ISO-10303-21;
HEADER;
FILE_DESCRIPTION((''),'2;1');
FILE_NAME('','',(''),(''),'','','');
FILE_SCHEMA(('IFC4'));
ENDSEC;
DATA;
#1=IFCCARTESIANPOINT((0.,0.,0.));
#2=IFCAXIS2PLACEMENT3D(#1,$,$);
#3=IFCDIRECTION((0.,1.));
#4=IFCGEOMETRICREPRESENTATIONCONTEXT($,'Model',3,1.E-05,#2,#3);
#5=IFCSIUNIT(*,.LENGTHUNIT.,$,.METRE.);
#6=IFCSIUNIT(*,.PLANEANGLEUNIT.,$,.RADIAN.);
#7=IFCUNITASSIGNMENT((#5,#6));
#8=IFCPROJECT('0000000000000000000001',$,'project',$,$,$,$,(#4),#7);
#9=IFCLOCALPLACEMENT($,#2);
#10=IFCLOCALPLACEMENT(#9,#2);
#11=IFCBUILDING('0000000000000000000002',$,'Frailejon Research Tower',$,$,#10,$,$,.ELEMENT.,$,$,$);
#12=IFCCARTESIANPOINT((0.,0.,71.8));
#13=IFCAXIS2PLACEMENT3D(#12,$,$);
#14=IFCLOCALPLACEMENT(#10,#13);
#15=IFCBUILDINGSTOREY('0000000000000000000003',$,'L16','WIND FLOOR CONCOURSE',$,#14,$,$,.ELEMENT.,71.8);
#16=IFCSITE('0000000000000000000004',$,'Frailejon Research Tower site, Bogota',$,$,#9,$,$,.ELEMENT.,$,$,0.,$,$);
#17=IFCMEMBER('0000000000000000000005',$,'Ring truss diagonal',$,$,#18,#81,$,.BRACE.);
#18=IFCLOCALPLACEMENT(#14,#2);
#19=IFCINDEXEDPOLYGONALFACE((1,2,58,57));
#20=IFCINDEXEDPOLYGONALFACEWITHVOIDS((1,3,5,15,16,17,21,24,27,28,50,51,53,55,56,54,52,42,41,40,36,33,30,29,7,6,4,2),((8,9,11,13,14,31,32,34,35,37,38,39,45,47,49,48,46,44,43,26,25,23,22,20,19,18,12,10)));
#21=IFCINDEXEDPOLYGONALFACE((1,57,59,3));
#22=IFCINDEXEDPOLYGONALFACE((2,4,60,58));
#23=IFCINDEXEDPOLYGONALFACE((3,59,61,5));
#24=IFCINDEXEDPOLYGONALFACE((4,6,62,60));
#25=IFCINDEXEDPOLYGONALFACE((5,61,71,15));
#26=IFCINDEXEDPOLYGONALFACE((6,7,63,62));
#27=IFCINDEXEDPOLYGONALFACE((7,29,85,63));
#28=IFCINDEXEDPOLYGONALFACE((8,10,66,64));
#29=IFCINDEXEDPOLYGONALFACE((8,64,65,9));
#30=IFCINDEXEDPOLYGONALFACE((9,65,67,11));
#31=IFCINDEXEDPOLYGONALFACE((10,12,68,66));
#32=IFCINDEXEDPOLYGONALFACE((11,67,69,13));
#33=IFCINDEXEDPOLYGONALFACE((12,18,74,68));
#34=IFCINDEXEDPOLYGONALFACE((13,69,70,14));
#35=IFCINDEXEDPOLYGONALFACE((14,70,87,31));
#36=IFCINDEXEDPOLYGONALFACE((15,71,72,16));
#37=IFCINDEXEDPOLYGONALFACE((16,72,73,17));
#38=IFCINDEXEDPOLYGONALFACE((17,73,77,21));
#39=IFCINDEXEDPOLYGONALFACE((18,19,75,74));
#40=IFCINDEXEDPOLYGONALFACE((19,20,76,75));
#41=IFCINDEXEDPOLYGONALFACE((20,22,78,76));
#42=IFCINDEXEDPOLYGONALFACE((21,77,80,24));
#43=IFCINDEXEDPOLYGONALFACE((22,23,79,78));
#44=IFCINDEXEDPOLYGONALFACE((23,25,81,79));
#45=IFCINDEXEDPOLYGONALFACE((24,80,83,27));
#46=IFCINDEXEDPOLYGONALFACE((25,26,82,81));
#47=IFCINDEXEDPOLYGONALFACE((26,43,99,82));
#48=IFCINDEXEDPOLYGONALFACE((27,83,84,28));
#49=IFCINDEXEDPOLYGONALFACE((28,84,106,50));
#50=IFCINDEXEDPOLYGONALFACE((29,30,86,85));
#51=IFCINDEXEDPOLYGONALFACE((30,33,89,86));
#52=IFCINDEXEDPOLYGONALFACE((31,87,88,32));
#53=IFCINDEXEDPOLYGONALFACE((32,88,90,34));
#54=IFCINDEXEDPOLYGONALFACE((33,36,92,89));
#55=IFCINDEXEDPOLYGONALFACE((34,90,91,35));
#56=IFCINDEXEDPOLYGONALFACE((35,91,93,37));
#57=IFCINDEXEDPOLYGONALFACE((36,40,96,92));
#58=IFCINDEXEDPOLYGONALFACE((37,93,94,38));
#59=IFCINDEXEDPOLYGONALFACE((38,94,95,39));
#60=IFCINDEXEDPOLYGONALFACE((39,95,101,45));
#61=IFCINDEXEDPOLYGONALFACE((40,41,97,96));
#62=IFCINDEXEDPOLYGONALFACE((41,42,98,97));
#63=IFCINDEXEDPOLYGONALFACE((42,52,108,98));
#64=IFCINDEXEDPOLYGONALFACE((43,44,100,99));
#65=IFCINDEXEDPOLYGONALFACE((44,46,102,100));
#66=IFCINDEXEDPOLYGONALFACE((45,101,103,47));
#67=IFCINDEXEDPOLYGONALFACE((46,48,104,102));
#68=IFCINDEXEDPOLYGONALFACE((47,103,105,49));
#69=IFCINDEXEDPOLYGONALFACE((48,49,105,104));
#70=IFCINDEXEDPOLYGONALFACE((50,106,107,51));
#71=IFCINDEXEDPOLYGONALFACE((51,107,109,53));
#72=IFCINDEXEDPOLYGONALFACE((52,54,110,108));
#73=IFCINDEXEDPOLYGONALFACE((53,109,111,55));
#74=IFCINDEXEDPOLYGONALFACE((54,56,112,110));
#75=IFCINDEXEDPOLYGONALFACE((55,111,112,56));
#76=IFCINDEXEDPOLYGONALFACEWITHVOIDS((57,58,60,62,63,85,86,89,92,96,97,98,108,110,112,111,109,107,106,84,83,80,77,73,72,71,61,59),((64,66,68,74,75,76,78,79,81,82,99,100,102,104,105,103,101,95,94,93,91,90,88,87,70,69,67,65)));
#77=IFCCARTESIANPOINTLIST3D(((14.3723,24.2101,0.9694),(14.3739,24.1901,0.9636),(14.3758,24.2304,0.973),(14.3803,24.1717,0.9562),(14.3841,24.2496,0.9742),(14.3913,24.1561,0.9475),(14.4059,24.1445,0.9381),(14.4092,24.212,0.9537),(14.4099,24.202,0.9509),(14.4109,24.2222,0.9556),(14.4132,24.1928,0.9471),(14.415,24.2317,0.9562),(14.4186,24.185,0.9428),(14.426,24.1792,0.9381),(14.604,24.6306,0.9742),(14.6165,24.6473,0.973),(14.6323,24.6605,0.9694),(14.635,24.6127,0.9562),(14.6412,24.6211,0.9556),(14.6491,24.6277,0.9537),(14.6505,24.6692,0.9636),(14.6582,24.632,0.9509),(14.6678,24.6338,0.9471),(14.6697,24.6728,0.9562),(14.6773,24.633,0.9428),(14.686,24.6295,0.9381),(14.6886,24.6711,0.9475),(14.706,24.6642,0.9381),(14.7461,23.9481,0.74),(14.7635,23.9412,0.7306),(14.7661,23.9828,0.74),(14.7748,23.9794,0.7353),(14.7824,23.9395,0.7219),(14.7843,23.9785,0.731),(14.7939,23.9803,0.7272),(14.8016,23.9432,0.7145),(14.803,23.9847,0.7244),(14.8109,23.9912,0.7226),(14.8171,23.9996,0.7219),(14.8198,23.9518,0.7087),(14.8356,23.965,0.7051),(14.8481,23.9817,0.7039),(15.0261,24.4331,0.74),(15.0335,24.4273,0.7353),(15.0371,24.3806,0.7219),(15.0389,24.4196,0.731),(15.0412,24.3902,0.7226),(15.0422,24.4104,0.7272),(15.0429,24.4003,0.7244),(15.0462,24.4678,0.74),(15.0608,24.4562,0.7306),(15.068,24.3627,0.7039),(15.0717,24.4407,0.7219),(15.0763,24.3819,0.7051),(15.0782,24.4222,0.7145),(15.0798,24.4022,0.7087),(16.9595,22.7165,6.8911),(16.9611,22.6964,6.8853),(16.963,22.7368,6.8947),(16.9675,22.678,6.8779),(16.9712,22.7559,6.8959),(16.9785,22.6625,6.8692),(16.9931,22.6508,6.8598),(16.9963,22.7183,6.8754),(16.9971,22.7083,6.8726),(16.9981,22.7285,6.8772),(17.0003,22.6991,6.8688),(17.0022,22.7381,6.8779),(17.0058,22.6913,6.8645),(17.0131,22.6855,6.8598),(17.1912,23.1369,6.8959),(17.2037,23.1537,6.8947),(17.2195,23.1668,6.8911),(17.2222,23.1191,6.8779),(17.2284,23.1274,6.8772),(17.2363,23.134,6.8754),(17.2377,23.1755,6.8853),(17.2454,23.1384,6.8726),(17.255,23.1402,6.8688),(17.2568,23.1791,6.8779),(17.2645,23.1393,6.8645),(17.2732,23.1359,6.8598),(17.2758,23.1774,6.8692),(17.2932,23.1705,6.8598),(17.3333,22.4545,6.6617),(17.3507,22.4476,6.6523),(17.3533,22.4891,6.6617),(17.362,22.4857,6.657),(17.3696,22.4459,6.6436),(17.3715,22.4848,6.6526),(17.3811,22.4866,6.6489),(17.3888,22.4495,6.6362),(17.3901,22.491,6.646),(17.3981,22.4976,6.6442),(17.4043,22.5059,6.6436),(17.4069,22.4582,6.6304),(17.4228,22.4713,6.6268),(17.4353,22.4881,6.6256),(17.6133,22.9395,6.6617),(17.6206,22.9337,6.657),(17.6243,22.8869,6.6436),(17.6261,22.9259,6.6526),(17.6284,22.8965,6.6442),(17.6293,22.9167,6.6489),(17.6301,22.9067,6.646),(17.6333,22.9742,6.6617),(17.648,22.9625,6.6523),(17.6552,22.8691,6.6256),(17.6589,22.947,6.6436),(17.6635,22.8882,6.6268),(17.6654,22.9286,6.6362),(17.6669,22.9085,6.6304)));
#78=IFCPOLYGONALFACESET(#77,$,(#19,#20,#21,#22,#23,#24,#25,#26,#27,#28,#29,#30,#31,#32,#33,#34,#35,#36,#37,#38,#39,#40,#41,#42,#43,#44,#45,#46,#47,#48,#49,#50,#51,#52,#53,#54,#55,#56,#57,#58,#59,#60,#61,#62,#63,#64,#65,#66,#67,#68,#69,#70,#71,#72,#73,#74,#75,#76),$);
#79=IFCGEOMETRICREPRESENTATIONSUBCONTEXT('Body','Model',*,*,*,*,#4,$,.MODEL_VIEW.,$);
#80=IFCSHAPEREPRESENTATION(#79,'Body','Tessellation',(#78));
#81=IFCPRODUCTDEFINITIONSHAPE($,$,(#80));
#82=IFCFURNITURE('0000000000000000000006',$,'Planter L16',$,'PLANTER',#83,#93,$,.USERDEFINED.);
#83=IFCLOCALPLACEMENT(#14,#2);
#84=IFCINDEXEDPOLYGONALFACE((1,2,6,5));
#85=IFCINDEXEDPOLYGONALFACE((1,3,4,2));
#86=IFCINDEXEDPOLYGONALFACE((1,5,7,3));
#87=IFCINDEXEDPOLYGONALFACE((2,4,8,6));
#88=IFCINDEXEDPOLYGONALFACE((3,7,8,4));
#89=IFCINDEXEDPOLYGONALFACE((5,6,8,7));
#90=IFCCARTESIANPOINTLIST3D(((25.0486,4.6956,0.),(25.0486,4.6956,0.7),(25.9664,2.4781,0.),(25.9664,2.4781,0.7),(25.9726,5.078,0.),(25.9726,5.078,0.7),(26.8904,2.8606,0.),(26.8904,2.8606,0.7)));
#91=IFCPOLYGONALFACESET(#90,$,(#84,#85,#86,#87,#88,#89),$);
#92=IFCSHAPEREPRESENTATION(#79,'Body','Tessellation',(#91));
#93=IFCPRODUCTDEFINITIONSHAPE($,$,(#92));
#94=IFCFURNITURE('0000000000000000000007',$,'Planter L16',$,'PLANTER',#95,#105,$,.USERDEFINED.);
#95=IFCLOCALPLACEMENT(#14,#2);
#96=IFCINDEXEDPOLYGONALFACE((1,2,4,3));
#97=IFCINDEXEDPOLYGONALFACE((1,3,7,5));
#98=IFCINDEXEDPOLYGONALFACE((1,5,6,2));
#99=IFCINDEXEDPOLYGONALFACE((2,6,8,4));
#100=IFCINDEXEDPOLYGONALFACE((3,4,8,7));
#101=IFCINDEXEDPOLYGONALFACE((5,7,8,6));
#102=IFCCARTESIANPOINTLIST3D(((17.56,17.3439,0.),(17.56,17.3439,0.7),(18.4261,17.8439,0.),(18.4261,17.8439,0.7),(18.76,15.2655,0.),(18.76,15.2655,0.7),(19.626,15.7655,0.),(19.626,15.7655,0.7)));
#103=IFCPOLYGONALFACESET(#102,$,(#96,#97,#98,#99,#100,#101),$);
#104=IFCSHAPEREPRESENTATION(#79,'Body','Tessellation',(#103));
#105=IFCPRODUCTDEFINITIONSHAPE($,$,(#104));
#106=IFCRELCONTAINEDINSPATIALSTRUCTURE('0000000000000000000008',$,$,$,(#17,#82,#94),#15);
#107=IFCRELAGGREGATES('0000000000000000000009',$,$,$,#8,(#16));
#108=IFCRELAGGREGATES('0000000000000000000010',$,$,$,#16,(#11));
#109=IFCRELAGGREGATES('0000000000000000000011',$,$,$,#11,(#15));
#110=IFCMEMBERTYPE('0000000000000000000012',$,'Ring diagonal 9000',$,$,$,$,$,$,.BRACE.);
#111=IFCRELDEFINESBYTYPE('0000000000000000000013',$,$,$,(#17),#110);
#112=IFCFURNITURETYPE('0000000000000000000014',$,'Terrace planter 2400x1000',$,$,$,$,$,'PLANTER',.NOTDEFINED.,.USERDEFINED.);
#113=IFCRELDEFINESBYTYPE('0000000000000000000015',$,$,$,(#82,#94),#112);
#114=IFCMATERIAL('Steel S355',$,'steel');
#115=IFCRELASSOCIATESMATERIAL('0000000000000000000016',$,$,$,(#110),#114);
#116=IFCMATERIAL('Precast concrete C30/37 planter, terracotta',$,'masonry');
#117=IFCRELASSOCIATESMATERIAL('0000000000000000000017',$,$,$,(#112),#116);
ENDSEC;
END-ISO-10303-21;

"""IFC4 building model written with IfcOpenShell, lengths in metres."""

from ifc_helpers import new_model, si_unit, direction, frame, origin, origin_2d, place, context, subcontext, project, spatial, rectangle, hollow_rectangle, extrude, material, material_profile, profile_set, type_object, element, save


model = new_model("IFC4")

# Units and contexts
model_context = context("Model", 3, precision=1e-05, world=origin(), true_north=direction((0.0, 1.0)))
body_context = subcontext(model_context, "Body", "Model", "MODEL_VIEW")
ifc_project = project(units=[si_unit("LENGTHUNIT", "METRE"), si_unit("PLANEANGLEUNIT", "RADIAN")], contexts=[model_context])

# Site, building, storey
site_placement = place(None, origin())
site = spatial("IfcSite", under=ifc_project, at=site_placement, Name="Frailejon Research Tower site, Bogota", CompositionType="ELEMENT", RefElevation=0.0)
building_placement = place(site_placement, origin())
building = spatial("IfcBuilding", under=site, at=building_placement, Name="Frailejon Research Tower", CompositionType="ELEMENT")
storey_placement = place(building_placement, frame((0.0, 0.0, 71.8)))
storey = spatial("IfcBuildingStorey", under=building, at=storey_placement, Name="L16", Description="WIND FLOOR CONCOURSE", CompositionType="ELEMENT", Elevation=71.8)

# Member
ifc_material_1 = material(Name="Steel S355", Category="steel")
ifc_material_profile_1 = material_profile(ifc_material_1, hollow_rectangle(XDim=0.6001, YDim=0.6001, WallThickness=0.04, InnerFilletRadius=0.04, OuterFilletRadius=0.0801, at=origin_2d()), Name="Ring diagonal 9000")
ifc_profile_set_1 = profile_set([ifc_material_profile_1], Name="Steel S355")
member_type = type_object("IfcMemberType", Name="Ring diagonal 9000", PredefinedType="BRACE", material=ifc_profile_set_1)
member_1_placement = place(storey_placement, frame((17.3132, 22.8125, 6.7607), z_axis=(-0.390073, 0.225202, -0.89282), x_axis=(-0.499989, -0.866032, 0.0)))
element("IfcMember", 1, at=member_1_placement, inside=storey, type_object=member_type, Name="Ring truss diagonal", PredefinedType="BRACE", context=body_context, shape_type="SweptSolid", body=[
    extrude(hollow_rectangle(XDim=0.6001, YDim=0.6001, WallThickness=0.04, InnerFilletRadius=0.04, OuterFilletRadius=0.0801, at=origin_2d()), origin(), (0.0, 0.0, 1.0), 6.6326),
])

# Furniture
ifc_material_2 = material(Name="Precast concrete C30/37 planter, terracotta", Category="masonry")
furniture_type = type_object("IfcFurnitureType", Name="Terrace planter 2400x1000", ElementType="PLANTER", AssemblyPlace="NOTDEFINED", PredefinedType="USERDEFINED", material=ifc_material_2)
for number, where, z_axis, x_axis, name in (
    (2, (25.9695, 3.7781, 0.0), (0.0, 0.0, 1.0), (-0.382437, 0.923982, 0.0), "Planter L16"),
    (3, (18.593, 16.5547, 0.0), (0.0, 0.0, 1.0), (-0.5, 0.866025, 0.0), "Planter L16"),
):
    element("IfcFurniture", number, at=place(storey_placement, frame(where, z_axis=z_axis, x_axis=x_axis)), inside=storey, type_object=furniture_type, Name=name, ObjectType="PLANTER", PredefinedType="USERDEFINED", context=body_context, shape_type="SweptSolid", body=[
        extrude(rectangle(XDim=2.3999, YDim=1.0, at=origin_2d()), origin(), (0.0, 0.0, 1.0), 0.7),
    ])

save(model, "model.ifc")
